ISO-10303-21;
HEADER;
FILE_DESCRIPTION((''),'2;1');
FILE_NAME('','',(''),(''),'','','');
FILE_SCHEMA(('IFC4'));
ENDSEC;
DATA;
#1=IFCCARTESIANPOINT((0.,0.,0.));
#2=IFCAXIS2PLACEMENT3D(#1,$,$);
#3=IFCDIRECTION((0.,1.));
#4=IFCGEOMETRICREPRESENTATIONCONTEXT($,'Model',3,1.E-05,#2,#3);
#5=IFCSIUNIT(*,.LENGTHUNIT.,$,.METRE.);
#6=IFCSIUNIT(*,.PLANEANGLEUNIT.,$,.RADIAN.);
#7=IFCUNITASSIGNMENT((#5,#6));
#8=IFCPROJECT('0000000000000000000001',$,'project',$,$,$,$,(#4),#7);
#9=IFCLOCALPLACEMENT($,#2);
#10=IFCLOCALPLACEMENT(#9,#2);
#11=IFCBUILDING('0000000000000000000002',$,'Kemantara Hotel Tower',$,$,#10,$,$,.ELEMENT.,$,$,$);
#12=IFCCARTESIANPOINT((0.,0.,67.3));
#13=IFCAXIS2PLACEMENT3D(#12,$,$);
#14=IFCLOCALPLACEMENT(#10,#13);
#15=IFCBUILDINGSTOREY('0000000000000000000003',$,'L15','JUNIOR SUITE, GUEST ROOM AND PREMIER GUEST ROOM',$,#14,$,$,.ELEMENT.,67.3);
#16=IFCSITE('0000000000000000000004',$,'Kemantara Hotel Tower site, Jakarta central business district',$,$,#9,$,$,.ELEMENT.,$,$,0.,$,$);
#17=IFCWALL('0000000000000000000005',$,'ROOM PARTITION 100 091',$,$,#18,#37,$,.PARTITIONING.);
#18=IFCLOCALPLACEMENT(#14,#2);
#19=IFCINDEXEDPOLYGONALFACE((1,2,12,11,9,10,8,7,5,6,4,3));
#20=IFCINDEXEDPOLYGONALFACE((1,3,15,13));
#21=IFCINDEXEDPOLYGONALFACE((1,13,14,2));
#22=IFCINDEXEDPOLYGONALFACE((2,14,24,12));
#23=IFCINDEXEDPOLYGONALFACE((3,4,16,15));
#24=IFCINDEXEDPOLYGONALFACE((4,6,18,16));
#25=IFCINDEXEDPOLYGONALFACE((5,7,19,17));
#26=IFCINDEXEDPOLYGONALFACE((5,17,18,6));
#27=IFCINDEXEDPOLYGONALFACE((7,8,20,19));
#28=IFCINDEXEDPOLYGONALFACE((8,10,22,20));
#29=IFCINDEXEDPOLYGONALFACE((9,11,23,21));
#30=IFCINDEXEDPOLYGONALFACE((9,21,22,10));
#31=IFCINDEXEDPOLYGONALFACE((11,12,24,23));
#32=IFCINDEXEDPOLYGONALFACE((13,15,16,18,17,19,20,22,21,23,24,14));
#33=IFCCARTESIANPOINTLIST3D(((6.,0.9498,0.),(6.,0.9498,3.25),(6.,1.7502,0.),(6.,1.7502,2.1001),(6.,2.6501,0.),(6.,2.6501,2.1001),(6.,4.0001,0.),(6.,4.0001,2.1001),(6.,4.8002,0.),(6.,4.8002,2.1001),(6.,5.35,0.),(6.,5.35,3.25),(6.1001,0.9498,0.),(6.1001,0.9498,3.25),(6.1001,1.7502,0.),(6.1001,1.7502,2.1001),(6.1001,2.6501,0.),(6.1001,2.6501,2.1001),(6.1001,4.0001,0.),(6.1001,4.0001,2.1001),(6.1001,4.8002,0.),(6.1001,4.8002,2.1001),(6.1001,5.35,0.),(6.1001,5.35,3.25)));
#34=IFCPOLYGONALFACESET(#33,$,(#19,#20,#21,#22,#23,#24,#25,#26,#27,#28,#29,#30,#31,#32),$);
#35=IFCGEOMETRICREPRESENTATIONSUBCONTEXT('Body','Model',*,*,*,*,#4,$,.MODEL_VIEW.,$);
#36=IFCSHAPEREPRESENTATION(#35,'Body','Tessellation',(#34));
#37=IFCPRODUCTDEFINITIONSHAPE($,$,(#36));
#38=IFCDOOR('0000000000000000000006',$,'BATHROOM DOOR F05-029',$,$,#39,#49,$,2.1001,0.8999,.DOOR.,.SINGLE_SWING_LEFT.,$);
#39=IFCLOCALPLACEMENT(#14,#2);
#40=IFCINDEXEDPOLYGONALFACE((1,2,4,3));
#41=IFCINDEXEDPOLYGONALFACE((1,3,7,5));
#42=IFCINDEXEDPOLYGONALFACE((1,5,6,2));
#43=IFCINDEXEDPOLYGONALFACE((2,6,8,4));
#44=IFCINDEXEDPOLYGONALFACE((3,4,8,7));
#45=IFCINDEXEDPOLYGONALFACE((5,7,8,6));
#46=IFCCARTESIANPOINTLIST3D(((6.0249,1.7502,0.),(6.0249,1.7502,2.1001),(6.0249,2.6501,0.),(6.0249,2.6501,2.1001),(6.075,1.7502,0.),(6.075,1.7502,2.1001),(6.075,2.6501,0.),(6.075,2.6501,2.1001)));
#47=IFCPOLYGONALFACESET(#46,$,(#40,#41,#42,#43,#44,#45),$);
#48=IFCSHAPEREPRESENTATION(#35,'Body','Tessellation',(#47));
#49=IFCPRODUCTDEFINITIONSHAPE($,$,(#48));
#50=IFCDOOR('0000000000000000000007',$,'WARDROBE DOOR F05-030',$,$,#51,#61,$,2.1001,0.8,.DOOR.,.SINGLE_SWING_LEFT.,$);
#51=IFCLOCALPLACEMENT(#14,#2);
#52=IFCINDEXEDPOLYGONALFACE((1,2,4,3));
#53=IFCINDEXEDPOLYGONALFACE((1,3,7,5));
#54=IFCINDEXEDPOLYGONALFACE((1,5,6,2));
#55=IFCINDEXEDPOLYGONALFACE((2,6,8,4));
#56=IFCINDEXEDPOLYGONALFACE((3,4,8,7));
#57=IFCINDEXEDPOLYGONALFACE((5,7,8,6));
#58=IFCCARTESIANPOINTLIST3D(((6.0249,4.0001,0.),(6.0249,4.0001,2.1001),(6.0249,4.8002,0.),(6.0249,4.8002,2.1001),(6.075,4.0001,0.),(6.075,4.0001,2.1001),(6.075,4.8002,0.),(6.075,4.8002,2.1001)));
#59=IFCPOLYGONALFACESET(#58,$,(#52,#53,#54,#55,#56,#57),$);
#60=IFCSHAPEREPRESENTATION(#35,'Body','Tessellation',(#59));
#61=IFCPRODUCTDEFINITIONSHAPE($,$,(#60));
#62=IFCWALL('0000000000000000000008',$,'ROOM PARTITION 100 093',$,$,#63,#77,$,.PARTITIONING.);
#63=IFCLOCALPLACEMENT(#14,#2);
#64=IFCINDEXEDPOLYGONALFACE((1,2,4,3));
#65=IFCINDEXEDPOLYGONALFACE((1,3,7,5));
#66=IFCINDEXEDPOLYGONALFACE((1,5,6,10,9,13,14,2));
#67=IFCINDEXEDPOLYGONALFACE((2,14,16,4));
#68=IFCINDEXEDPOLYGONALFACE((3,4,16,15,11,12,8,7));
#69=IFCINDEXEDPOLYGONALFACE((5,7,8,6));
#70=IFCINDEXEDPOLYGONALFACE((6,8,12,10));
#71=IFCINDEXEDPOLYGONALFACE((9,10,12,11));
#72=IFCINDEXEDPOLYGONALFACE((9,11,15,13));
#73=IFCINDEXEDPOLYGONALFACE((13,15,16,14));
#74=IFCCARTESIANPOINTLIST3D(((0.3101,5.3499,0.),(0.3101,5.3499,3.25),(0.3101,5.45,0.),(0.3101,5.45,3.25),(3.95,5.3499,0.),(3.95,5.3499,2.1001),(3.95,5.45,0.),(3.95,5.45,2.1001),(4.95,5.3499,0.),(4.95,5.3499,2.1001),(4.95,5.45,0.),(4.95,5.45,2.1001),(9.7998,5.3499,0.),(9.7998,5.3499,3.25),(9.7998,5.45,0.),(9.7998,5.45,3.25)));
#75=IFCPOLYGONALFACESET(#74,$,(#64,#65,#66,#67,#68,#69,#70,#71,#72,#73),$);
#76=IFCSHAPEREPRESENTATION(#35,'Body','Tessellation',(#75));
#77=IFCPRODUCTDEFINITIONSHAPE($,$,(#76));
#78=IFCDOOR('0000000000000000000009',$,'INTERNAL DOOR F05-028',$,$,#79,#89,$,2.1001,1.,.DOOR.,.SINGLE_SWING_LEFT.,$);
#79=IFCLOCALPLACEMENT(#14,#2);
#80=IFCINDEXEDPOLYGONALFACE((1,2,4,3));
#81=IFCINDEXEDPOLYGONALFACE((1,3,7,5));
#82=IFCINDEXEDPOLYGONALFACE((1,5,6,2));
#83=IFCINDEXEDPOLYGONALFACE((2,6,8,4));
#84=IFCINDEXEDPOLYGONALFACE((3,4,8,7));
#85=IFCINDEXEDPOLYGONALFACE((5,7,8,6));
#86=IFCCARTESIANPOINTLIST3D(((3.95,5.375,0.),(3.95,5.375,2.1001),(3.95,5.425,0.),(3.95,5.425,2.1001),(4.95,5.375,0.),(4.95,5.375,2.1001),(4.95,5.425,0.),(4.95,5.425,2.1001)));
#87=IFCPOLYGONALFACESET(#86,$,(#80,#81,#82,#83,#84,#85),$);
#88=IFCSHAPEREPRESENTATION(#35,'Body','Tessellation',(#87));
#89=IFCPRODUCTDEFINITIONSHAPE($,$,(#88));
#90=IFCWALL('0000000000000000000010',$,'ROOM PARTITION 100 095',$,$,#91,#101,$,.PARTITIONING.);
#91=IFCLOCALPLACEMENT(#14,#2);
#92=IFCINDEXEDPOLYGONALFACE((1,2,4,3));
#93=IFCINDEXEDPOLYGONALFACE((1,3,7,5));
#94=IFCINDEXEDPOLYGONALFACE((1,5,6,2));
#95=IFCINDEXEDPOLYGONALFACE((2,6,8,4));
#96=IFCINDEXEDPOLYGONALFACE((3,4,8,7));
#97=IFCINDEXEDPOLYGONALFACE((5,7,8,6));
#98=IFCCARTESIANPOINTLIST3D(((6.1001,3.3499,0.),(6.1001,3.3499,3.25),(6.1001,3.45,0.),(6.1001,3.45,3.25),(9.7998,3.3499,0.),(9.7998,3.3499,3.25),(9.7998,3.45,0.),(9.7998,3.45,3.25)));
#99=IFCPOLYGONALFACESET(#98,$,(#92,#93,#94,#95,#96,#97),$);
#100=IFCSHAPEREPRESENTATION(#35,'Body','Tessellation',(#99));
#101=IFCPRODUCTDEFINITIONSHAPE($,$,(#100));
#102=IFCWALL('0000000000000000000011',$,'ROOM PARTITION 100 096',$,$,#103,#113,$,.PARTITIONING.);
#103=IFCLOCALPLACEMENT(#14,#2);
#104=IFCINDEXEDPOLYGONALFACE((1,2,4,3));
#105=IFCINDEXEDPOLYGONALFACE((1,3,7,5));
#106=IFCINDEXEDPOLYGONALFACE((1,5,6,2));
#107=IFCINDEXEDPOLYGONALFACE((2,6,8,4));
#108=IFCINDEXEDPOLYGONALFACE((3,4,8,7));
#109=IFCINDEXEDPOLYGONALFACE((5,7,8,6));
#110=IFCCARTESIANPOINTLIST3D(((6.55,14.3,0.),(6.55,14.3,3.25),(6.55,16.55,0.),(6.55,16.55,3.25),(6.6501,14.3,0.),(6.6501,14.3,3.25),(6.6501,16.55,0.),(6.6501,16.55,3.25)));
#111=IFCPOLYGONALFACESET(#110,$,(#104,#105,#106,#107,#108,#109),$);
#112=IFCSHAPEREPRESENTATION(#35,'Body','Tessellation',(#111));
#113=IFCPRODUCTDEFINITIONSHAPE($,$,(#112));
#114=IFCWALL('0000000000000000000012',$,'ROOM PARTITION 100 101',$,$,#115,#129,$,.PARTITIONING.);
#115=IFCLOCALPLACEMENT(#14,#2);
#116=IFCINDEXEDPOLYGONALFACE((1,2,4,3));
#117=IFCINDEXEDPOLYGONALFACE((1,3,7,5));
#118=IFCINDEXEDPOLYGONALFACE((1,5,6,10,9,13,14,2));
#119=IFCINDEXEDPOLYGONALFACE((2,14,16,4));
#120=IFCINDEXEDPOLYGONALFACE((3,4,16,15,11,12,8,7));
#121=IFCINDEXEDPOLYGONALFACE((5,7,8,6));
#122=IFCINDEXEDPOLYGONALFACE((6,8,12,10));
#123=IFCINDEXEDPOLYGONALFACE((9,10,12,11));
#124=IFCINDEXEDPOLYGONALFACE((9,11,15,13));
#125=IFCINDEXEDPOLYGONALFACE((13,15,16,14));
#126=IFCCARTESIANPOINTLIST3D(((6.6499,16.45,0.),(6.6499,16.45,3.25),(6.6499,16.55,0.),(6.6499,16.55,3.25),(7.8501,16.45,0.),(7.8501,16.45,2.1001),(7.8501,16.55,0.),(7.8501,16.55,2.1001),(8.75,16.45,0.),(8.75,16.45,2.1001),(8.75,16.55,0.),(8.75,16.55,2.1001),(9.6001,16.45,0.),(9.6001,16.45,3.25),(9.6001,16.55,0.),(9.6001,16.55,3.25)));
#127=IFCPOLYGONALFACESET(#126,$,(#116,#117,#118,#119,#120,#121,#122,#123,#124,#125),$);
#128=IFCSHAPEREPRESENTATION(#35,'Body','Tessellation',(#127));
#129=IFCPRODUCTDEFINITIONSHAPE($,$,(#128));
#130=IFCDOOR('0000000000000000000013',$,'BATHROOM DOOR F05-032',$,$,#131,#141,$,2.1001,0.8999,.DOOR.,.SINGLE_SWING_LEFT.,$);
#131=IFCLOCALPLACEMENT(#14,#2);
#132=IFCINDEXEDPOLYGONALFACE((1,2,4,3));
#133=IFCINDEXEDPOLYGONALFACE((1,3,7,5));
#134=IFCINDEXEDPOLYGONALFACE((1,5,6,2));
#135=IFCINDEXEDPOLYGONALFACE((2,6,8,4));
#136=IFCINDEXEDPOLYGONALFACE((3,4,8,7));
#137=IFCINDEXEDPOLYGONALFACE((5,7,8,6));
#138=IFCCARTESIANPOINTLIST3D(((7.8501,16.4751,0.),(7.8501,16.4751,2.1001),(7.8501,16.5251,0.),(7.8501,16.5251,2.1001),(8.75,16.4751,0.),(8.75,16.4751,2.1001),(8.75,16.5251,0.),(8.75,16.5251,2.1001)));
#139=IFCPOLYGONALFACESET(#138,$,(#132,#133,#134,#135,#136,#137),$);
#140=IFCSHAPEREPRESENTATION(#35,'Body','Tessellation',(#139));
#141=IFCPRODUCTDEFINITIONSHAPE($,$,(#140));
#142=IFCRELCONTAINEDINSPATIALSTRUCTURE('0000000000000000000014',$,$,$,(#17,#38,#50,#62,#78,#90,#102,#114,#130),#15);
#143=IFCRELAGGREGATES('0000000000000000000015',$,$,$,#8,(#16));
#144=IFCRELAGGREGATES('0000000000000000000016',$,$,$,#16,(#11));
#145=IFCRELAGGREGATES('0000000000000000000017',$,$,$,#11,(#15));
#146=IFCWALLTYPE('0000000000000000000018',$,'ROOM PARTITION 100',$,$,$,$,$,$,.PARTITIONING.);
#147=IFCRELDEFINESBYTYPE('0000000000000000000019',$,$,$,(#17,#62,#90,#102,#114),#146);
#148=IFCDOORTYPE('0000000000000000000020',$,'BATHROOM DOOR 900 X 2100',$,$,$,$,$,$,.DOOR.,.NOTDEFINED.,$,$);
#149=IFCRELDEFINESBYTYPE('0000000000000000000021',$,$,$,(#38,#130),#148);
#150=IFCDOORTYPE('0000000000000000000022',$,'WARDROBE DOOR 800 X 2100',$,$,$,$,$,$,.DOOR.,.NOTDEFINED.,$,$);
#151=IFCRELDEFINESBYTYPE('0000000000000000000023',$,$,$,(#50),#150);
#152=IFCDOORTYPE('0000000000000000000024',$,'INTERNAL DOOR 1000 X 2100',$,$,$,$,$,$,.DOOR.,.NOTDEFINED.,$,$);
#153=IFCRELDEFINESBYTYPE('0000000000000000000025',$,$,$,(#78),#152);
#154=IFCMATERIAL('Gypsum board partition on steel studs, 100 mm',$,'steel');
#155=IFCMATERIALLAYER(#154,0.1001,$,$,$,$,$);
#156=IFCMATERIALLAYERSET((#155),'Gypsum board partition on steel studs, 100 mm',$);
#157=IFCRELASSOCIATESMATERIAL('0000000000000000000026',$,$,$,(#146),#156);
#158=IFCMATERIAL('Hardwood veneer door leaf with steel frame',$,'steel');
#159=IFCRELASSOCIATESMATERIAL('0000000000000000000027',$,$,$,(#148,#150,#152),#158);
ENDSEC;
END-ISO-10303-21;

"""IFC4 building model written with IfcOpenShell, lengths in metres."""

from ifc_helpers import new_model, si_unit, direction, frame, frame_2d, origin, place, context, subcontext, project, spatial, rectangle, extrude, material, layer, layer_set, type_object, element, fill, save


model = new_model("IFC4")

# Units and contexts
model_context = context("Model", 3, precision=1e-05, world=origin(), true_north=direction((0.0, 1.0)))
body_context = subcontext(model_context, "Body", "Model", "MODEL_VIEW")
ifc_project = project(units=[si_unit("LENGTHUNIT", "METRE"), si_unit("PLANEANGLEUNIT", "RADIAN")], contexts=[model_context])

# Site, building, storey
site_placement = place(None, origin())
site = spatial("IfcSite", under=ifc_project, at=site_placement, Name="Kemantara Hotel Tower site, Jakarta central business district", CompositionType="ELEMENT", RefElevation=0.0)
building_placement = place(site_placement, origin())
building = spatial("IfcBuilding", under=site, at=building_placement, Name="Kemantara Hotel Tower", CompositionType="ELEMENT")
storey_placement = place(building_placement, frame((0.0, 0.0, 67.3)))
storey = spatial("IfcBuildingStorey", under=building, at=storey_placement, Name="L15", Description="JUNIOR SUITE, GUEST ROOM AND PREMIER GUEST ROOM", CompositionType="ELEMENT", Elevation=67.3)

# Shared definitions
ifc_material_1 = material(Name="Hardwood veneer door leaf with steel frame", Category="steel")

# Wall, openings, doors
ifc_material_2 = material(Name="Gypsum board partition on steel studs, 100 mm", Category="steel")
ifc_layer_1 = layer(ifc_material_2, 0.1001)
ifc_layer_set_1 = layer_set([ifc_layer_1], Name="Gypsum board partition on steel studs, 100 mm")
wall_type_1 = type_object("IfcWallType", Name="ROOM PARTITION 100", PredefinedType="PARTITIONING", material=ifc_layer_set_1)
wall_1_placement = place(storey_placement, frame((6.05, 5.3501, 0.0), z_axis=(0.0, 0.0, 1.0), x_axis=(0.0, -1.0, 0.0)))
wall_1 = element("IfcWall", 1, at=wall_1_placement, inside=storey, type_object=wall_type_1, Name="ROOM PARTITION 100 091", PredefinedType="PARTITIONING", context=body_context, shape_type="SweptSolid", body=[
    extrude(rectangle(XDim=4.4001, YDim=0.1001, at=frame_2d((2.2002, 0.0))), origin(), (0.0, 0.0, 1.0), 3.25),
])
opening_1_placement = place(wall_1_placement, frame((2.7, 0.0, 0.0)))
opening_1 = element("IfcOpeningElement", 2, at=opening_1_placement, cuts=wall_1, PredefinedType="OPENING", context=body_context, shape_type="SweptSolid", body=[
    extrude(rectangle(XDim=0.8999, YDim=2.1001, at=frame_2d((0.45, 1.05))), frame((0.0, 0.0601, 0.0), z_axis=(0.0, -1.0, 0.0), x_axis=(1.0, 0.0, 0.0)), (0.0, 0.0, 1.0), 0.1201),
])
opening_2_placement = place(wall_1_placement, frame((0.55, 0.0, 0.0)))
opening_2 = element("IfcOpeningElement", 3, at=opening_2_placement, cuts=wall_1, PredefinedType="OPENING", context=body_context, shape_type="SweptSolid", body=[
    extrude(rectangle(XDim=0.8, YDim=2.1001, at=frame_2d((0.3999, 1.05))), frame((0.0, 0.0601, 0.0), z_axis=(0.0, -1.0, 0.0), x_axis=(1.0, 0.0, 0.0)), (0.0, 0.0, 1.0), 0.1201),
])
door_type_1 = type_object("IfcDoorType", Name="BATHROOM DOOR 900 X 2100", OperationType="NOTDEFINED", PredefinedType="DOOR", material=ifc_material_1)
door_1_placement = place(opening_1_placement, origin())
door_1 = element("IfcDoor", 4, at=door_1_placement, inside=storey, type_object=door_type_1, Name="BATHROOM DOOR F05-029", OperationType="SINGLE_SWING_LEFT", OverallHeight=2.1001, OverallWidth=0.8999, PredefinedType="DOOR", context=body_context, shape_type="SweptSolid", body=[
    extrude(rectangle(XDim=0.8999, YDim=2.1001, at=frame_2d((0.45, 1.05))), frame((0.0, 0.0249, 0.0), z_axis=(0.0, -1.0, 0.0), x_axis=(1.0, 0.0, 0.0)), (0.0, 0.0, 1.0), 0.05),
])
fill(opening_1, door_1)
door_type_2 = type_object("IfcDoorType", Name="WARDROBE DOOR 800 X 2100", OperationType="NOTDEFINED", PredefinedType="DOOR", material=ifc_material_1)
door_2_placement = place(opening_2_placement, origin())
door_2 = element("IfcDoor", 5, at=door_2_placement, inside=storey, type_object=door_type_2, Name="WARDROBE DOOR F05-030", OperationType="SINGLE_SWING_LEFT", OverallHeight=2.1001, OverallWidth=0.8, PredefinedType="DOOR", context=body_context, shape_type="SweptSolid", body=[
    extrude(rectangle(XDim=0.8, YDim=2.1001, at=frame_2d((0.3999, 1.05))), frame((0.0, 0.0249, 0.0), z_axis=(0.0, -1.0, 0.0), x_axis=(1.0, 0.0, 0.0)), (0.0, 0.0, 1.0), 0.05),
])
fill(opening_2, door_2)

# Wall, opening, door
wall_2_placement = place(storey_placement, frame((9.7998, 5.3999, 0.0), z_axis=(0.0, 0.0, 1.0), x_axis=(-1.0, 0.0, 0.0)))
wall_2 = element("IfcWall", 6, at=wall_2_placement, inside=storey, type_object=wall_type_1, Name="ROOM PARTITION 100 093", PredefinedType="PARTITIONING", context=body_context, shape_type="SweptSolid", body=[
    extrude(rectangle(XDim=9.4897, YDim=0.1001, at=frame_2d((4.7449, 0.0))), origin(), (0.0, 0.0, 1.0), 3.25),
])
opening_3_placement = place(wall_2_placement, frame((4.8499, 0.0, 0.0)))
opening_3 = element("IfcOpeningElement", 7, at=opening_3_placement, cuts=wall_2, PredefinedType="OPENING", context=body_context, shape_type="SweptSolid", body=[
    extrude(rectangle(XDim=1.0, YDim=2.1001, at=frame_2d((0.5, 1.05))), frame((0.0, 0.0601, 0.0), z_axis=(0.0, -1.0, 0.0), x_axis=(1.0, 0.0, 0.0)), (0.0, 0.0, 1.0), 0.1201),
])
door_type_3 = type_object("IfcDoorType", Name="INTERNAL DOOR 1000 X 2100", OperationType="NOTDEFINED", PredefinedType="DOOR", material=ifc_material_1)
door_3_placement = place(opening_3_placement, origin())
door_3 = element("IfcDoor", 8, at=door_3_placement, inside=storey, type_object=door_type_3, Name="INTERNAL DOOR F05-028", OperationType="SINGLE_SWING_LEFT", OverallHeight=2.1001, OverallWidth=1.0, PredefinedType="DOOR", context=body_context, shape_type="SweptSolid", body=[
    extrude(rectangle(XDim=1.0, YDim=2.1001, at=frame_2d((0.5, 1.05))), frame((0.0, 0.0249, 0.0), z_axis=(0.0, -1.0, 0.0), x_axis=(1.0, 0.0, 0.0)), (0.0, 0.0, 1.0), 0.05),
])
fill(opening_3, door_3)

# Walls
wall_3_placement = place(storey_placement, frame((6.1001, 3.3999, 0.0), z_axis=(0.0, 0.0, 1.0), x_axis=(1.0, 0.0, 0.0)))
element("IfcWall", 9, at=wall_3_placement, inside=storey, type_object=wall_type_1, Name="ROOM PARTITION 100 095", PredefinedType="PARTITIONING", context=body_context, shape_type="SweptSolid", body=[
    extrude(rectangle(XDim=3.6997, YDim=0.1001, at=frame_2d((1.8499, 0.0))), origin(), (0.0, 0.0, 1.0), 3.25),
])
wall_4_placement = place(storey_placement, frame((6.6001, 14.3, 0.0), z_axis=(0.0, 0.0, 1.0), x_axis=(0.0, 1.0, 0.0)))
element("IfcWall", 10, at=wall_4_placement, inside=storey, type_object=wall_type_1, Name="ROOM PARTITION 100 096", PredefinedType="PARTITIONING", context=body_context, shape_type="SweptSolid", body=[
    extrude(rectangle(XDim=2.25, YDim=0.1001, at=frame_2d((1.125, 0.0))), origin(), (0.0, 0.0, 1.0), 3.25),
])

# Wall, opening, door
wall_5_placement = place(storey_placement, frame((9.6001, 16.5, 0.0), z_axis=(0.0, 0.0, 1.0), x_axis=(-1.0, 0.0, 0.0)))
wall_5 = element("IfcWall", 11, at=wall_5_placement, inside=storey, type_object=wall_type_1, Name="ROOM PARTITION 100 101", PredefinedType="PARTITIONING", context=body_context, shape_type="SweptSolid", body=[
    extrude(rectangle(XDim=2.9502, YDim=0.1001, at=frame_2d((1.4751, 0.0))), origin(), (0.0, 0.0, 1.0), 3.25),
])
opening_4_placement = place(wall_5_placement, frame((0.8501, 0.0, 0.0)))
opening_4 = element("IfcOpeningElement", 12, at=opening_4_placement, cuts=wall_5, PredefinedType="OPENING", context=body_context, shape_type="SweptSolid", body=[
    extrude(rectangle(XDim=0.8999, YDim=2.1001, at=frame_2d((0.45, 1.05))), frame((0.0, 0.0601, 0.0), z_axis=(0.0, -1.0, 0.0), x_axis=(1.0, 0.0, 0.0)), (0.0, 0.0, 1.0), 0.1201),
])
door_4_placement = place(opening_4_placement, origin())
door_4 = element("IfcDoor", 13, at=door_4_placement, inside=storey, type_object=door_type_1, Name="BATHROOM DOOR F05-032", OperationType="SINGLE_SWING_LEFT", OverallHeight=2.1001, OverallWidth=0.8999, PredefinedType="DOOR", context=body_context, shape_type="SweptSolid", body=[
    extrude(rectangle(XDim=0.8999, YDim=2.1001, at=frame_2d((0.45, 1.05))), frame((0.0, 0.0249, 0.0), z_axis=(0.0, -1.0, 0.0), x_axis=(1.0, 0.0, 0.0)), (0.0, 0.0, 1.0), 0.05),
])
fill(opening_4, door_4)

save(model, "model.ifc")
